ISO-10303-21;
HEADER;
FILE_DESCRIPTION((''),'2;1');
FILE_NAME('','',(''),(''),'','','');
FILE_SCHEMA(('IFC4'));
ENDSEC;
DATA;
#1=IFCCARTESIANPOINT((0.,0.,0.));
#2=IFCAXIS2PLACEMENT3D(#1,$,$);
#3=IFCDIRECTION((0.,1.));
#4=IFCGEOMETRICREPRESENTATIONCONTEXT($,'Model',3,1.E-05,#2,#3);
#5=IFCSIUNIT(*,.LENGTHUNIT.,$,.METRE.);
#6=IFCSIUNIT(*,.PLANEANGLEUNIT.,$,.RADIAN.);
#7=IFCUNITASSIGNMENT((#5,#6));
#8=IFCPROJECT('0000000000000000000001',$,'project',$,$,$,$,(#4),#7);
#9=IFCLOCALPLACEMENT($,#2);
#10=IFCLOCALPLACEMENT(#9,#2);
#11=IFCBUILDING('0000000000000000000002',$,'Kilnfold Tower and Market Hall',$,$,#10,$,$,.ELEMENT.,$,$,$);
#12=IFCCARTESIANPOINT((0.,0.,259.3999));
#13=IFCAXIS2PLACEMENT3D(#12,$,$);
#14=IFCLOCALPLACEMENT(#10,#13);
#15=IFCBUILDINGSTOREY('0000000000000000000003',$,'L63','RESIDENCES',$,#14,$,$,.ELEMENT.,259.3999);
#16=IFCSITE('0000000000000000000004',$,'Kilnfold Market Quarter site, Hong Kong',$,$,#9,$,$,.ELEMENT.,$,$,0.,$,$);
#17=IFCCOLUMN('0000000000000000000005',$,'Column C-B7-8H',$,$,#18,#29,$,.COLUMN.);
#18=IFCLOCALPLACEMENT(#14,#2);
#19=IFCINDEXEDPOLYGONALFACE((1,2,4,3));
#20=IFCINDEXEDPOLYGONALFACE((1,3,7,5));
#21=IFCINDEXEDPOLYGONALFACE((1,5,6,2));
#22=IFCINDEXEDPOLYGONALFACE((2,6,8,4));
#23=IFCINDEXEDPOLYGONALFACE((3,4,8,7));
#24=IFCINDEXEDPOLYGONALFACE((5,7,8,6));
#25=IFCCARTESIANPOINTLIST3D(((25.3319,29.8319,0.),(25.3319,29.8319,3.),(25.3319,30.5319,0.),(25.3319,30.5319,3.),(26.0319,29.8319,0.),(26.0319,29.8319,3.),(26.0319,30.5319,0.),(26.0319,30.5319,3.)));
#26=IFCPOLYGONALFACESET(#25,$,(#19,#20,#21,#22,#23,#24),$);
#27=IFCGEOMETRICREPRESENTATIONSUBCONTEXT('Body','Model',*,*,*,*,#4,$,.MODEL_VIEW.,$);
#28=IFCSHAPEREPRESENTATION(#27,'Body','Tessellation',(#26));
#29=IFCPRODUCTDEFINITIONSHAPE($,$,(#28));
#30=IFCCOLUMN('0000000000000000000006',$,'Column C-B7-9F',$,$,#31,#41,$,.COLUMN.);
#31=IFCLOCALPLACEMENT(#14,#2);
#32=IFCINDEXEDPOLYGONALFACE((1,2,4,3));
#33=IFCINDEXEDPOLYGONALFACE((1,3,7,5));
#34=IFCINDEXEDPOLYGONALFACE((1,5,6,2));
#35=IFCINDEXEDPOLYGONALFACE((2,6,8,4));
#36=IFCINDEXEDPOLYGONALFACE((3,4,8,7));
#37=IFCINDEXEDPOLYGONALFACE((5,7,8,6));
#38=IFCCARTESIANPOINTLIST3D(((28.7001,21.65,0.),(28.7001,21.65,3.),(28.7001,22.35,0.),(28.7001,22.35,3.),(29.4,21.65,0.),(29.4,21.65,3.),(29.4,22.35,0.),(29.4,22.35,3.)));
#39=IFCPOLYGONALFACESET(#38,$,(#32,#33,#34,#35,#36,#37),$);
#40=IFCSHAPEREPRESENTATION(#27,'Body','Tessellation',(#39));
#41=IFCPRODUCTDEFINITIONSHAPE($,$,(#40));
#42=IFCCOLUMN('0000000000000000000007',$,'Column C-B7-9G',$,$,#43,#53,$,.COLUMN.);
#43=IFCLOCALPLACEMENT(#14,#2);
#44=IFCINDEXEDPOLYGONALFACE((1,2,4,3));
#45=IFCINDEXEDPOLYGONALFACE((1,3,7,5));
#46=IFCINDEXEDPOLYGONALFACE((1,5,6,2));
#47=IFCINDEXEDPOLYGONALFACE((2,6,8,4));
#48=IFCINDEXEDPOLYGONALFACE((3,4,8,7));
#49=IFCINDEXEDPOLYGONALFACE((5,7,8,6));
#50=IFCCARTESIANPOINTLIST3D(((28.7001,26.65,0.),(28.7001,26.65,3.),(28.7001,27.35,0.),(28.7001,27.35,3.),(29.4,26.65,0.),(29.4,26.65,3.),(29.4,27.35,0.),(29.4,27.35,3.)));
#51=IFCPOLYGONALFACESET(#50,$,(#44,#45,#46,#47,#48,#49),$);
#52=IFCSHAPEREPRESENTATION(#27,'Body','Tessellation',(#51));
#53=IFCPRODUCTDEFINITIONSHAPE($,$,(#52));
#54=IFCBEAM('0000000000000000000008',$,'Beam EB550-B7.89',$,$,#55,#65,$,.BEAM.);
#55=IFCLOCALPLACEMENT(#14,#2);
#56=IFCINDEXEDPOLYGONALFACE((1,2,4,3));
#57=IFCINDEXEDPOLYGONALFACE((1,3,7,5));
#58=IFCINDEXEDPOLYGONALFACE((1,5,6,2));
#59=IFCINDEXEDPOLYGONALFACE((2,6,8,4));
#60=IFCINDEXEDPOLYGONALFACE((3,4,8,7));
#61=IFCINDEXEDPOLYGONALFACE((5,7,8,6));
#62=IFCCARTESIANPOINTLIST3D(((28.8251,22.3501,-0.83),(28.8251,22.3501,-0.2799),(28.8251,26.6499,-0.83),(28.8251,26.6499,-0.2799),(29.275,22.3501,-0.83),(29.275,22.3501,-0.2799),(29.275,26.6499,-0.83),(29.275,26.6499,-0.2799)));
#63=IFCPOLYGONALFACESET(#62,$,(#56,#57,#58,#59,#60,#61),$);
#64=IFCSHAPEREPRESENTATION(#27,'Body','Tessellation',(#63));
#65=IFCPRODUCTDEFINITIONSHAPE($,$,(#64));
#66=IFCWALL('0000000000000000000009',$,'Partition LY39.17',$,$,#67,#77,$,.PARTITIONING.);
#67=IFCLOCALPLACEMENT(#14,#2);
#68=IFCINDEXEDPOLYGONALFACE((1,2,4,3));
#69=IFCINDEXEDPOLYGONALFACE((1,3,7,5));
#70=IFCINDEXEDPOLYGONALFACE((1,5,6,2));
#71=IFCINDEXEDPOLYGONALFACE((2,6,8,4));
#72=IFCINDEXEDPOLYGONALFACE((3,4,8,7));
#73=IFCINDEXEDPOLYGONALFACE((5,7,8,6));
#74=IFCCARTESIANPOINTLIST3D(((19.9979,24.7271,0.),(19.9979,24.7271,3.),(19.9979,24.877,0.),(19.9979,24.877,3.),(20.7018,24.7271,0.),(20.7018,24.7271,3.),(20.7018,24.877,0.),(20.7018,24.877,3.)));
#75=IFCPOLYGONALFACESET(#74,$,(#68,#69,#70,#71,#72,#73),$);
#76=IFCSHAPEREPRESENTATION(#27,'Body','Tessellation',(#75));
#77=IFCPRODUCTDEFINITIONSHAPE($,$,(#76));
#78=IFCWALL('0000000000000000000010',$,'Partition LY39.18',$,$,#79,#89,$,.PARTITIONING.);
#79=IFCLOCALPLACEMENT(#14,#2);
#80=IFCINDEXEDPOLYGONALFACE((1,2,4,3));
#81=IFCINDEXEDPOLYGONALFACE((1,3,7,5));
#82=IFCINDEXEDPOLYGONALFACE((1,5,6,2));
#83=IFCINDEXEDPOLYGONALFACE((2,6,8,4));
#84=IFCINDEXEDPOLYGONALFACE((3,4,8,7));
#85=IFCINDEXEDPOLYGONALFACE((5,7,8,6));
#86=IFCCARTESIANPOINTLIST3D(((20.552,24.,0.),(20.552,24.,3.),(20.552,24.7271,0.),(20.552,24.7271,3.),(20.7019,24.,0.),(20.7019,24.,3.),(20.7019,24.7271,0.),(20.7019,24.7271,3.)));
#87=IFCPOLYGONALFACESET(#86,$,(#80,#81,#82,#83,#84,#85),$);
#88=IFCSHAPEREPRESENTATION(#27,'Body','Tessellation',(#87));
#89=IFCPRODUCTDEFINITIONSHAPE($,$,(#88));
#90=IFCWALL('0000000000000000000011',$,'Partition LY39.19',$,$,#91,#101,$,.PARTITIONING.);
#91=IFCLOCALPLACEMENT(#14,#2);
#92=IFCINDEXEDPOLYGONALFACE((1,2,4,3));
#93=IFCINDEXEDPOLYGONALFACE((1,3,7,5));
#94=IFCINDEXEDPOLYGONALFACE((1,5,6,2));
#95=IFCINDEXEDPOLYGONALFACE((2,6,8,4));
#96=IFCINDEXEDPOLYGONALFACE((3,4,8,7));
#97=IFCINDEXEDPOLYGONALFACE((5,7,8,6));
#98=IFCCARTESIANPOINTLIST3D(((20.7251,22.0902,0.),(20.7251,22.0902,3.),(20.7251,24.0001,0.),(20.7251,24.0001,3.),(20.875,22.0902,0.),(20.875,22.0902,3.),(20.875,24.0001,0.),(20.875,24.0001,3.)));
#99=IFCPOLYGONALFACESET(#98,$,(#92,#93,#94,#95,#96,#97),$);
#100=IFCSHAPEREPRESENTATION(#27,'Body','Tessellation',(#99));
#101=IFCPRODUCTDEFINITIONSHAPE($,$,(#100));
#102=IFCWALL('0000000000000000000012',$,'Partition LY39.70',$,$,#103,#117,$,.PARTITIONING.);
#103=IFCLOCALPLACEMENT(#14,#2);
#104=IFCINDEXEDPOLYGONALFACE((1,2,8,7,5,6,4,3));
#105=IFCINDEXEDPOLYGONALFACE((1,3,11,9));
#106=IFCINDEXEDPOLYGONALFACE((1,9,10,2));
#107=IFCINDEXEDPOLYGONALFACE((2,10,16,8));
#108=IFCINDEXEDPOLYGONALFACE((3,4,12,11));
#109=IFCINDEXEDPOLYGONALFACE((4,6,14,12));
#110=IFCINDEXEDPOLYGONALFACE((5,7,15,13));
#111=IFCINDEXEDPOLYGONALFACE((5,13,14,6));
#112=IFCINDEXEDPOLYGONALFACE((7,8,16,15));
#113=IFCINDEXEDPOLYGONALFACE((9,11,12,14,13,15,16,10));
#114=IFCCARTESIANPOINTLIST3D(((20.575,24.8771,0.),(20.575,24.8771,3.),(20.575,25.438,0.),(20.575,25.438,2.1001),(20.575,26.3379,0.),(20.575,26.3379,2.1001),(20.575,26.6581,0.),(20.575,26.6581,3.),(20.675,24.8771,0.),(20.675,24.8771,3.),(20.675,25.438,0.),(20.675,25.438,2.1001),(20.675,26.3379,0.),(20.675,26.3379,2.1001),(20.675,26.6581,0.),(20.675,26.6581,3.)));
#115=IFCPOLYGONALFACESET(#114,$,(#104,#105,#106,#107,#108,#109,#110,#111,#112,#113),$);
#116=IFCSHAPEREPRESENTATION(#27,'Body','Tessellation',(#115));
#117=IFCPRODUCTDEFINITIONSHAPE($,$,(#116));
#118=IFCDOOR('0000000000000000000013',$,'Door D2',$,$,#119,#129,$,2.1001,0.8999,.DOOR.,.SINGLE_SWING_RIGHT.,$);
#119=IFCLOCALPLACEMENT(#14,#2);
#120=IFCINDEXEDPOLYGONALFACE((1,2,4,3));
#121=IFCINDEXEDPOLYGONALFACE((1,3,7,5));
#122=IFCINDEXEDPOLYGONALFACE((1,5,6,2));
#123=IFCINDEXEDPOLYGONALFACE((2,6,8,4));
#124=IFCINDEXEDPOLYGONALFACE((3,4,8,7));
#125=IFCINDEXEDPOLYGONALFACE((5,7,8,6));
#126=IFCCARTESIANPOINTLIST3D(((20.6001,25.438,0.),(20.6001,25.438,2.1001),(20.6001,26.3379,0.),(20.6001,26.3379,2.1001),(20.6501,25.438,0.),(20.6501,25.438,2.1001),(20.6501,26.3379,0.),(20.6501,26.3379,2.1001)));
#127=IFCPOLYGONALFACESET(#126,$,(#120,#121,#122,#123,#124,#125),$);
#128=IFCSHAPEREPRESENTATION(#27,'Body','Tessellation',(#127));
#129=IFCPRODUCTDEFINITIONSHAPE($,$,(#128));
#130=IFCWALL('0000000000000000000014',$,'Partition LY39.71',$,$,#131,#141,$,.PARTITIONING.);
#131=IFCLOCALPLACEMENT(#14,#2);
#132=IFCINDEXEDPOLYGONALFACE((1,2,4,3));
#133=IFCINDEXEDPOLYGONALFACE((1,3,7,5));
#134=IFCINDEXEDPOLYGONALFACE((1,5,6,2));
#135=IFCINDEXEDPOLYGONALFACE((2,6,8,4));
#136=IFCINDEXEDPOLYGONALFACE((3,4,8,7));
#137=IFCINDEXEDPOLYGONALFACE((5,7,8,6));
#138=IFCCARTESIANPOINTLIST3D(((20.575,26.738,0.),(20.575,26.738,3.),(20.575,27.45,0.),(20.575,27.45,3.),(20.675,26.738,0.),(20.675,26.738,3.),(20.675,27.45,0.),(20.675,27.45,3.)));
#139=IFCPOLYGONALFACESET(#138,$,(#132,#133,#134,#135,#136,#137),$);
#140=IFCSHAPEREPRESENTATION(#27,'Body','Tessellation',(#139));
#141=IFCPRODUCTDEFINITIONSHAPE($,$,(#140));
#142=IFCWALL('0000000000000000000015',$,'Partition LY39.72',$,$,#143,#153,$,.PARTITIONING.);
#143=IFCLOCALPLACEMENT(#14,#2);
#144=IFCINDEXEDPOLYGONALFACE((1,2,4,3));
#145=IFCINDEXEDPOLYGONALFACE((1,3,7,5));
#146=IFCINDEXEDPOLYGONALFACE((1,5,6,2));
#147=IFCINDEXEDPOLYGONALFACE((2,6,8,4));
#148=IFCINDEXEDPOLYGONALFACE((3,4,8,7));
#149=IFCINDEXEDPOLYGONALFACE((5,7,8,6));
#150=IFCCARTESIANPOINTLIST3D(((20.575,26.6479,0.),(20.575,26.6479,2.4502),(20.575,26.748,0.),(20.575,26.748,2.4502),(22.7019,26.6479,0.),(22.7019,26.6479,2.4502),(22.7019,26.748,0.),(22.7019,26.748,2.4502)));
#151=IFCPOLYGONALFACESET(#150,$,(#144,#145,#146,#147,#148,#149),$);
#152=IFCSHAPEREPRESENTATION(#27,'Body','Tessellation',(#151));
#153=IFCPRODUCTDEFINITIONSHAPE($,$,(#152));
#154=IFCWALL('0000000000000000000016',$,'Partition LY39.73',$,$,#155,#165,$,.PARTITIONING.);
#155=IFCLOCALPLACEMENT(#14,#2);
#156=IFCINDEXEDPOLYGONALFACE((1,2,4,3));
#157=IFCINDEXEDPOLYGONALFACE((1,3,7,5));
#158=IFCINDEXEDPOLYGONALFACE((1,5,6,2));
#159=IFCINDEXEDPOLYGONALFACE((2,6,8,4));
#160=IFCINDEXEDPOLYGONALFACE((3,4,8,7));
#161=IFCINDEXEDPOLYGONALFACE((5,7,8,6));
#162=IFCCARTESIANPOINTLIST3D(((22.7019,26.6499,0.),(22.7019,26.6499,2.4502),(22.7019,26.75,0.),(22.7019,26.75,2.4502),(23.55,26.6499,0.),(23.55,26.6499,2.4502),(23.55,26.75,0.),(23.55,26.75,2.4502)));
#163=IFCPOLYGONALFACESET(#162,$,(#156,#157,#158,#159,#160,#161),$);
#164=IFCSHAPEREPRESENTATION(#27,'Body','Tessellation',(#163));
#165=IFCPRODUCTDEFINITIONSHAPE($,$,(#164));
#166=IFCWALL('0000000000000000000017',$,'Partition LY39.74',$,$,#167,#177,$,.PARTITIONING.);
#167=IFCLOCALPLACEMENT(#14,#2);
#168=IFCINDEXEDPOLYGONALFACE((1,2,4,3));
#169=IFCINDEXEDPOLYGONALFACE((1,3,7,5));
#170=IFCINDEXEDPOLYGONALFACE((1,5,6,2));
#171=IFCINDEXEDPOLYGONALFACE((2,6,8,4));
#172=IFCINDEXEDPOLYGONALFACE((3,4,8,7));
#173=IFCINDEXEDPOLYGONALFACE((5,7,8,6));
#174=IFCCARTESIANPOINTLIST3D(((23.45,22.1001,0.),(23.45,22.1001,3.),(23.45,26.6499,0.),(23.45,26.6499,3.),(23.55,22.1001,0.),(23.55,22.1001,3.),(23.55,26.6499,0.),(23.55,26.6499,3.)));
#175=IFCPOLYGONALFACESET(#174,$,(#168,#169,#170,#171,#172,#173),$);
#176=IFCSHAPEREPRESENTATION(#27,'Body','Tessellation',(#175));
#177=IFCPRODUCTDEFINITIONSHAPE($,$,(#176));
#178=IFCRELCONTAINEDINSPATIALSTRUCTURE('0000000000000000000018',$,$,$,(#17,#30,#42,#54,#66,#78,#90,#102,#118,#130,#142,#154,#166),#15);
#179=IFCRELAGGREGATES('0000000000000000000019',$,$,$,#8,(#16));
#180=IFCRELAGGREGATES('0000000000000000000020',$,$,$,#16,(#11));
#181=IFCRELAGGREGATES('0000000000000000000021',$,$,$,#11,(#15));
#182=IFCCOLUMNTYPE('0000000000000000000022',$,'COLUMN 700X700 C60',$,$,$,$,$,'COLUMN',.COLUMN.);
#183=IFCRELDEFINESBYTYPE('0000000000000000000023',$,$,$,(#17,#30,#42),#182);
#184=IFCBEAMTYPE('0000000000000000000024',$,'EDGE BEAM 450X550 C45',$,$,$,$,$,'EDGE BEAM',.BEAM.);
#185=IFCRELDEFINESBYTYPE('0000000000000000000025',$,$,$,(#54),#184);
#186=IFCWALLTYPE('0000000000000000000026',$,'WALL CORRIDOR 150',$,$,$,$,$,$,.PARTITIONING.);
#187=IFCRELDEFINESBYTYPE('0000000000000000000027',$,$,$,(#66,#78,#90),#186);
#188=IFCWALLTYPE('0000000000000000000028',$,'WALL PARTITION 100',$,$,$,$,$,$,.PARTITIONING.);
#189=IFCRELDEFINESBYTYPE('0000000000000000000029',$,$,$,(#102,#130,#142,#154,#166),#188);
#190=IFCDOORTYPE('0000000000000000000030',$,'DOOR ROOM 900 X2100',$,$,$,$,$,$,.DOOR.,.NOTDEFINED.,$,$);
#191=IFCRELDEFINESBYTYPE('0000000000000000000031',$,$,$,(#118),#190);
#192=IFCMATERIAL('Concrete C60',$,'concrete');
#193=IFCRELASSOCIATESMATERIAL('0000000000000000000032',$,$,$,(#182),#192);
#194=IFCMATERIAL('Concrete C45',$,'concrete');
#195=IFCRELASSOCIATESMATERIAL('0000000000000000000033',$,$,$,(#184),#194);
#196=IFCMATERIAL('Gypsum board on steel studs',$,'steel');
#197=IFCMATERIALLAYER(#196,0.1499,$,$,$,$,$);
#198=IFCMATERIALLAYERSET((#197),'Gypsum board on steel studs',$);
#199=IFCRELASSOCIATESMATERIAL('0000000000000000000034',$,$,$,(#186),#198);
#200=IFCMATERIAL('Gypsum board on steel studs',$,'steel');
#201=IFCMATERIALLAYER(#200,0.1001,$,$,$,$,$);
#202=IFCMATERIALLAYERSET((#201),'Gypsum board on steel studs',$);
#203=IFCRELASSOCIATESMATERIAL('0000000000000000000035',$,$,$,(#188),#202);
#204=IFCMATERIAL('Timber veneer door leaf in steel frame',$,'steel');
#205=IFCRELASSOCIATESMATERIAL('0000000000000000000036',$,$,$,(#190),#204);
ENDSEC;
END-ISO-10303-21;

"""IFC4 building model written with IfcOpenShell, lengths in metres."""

from ifc_helpers import new_model, si_unit, direction, frame, frame_2d, origin, origin_2d, place, context, subcontext, project, spatial, rectangle, extrude, source, transform, mapped, material, layer, layer_set, material_profile, profile_set, type_object, element, fill, save


model = new_model("IFC4")

# Units and contexts
model_context = context("Model", 3, precision=1e-05, world=origin(), true_north=direction((0.0, 1.0)))
body_context = subcontext(model_context, "Body", "Model", "MODEL_VIEW")
ifc_project = project(units=[si_unit("LENGTHUNIT", "METRE"), si_unit("PLANEANGLEUNIT", "RADIAN")], contexts=[model_context])

# Site, building, storey
site_placement = place(None, origin())
site = spatial("IfcSite", under=ifc_project, at=site_placement, Name="Kilnfold Market Quarter site, Hong Kong", CompositionType="ELEMENT", RefElevation=0.0)
building_placement = place(site_placement, origin())
building = spatial("IfcBuilding", under=site, at=building_placement, Name="Kilnfold Tower and Market Hall", CompositionType="ELEMENT")
storey_placement = place(building_placement, frame((0.0, 0.0, 259.3999)))
storey = spatial("IfcBuildingStorey", under=building, at=storey_placement, Name="L63", Description="RESIDENCES", CompositionType="ELEMENT", Elevation=259.3999)

# Columns
ifc_material_1 = material(Name="Concrete C60", Category="concrete")
ifc_material_profile_1 = material_profile(ifc_material_1, rectangle(XDim=0.7, YDim=0.7, at=origin_2d()), Name="RC 700x700")
ifc_profile_set_1 = profile_set([ifc_material_profile_1], Name="Concrete C60")
column_type = type_object("IfcColumnType", Name="COLUMN 700X700 C60", ElementType="COLUMN", PredefinedType="COLUMN", material=ifc_profile_set_1)
shared_shape_1 = source(origin(), body_context, "Body", "SweptSolid", [
    extrude(rectangle(XDim=0.7, YDim=0.7, at=origin_2d()), origin(), (0.0, 0.0, 1.0), 3.0),
])
for number, where, z_axis, x_axis, name in (
    (1, (25.6819, 30.1819, 0.0), (0.0, 0.0, 1.0), (1.0, 0.0, 0.0), "Column C-B7-8H"),
    (2, (29.05, 22.0, 0.0), (0.0, 0.0, 1.0), (1.0, 0.0, 0.0), "Column C-B7-9F"),
    (3, (29.05, 27.0, 0.0), (0.0, 0.0, 1.0), (1.0, 0.0, 0.0), "Column C-B7-9G"),
):
    element("IfcColumn", number, at=place(storey_placement, frame(where, z_axis=z_axis, x_axis=x_axis)), inside=storey, type_object=column_type, Name=name, PredefinedType="COLUMN", context=body_context, shape_type="MappedRepresentation", body=[
        mapped(shared_shape_1, transform((0.0, 0.0, 0.0))),
    ])

# Beam
ifc_material_2 = material(Name="Concrete C45", Category="concrete")
ifc_material_profile_2 = material_profile(ifc_material_2, rectangle(XDim=0.45, YDim=0.55, at=origin_2d()), Name="RC 450x550")
ifc_profile_set_2 = profile_set([ifc_material_profile_2], Name="Concrete C45")
beam_type = type_object("IfcBeamType", Name="EDGE BEAM 450X550 C45", ElementType="EDGE BEAM", PredefinedType="BEAM", material=ifc_profile_set_2)
shared_shape_2 = source(origin(), body_context, "Body", "SweptSolid", [
    extrude(rectangle(XDim=0.45, YDim=0.55, at=origin_2d()), origin(), (0.0, 0.0, 1.0), 4.2998),
])
beam_placement = place(storey_placement, frame((29.05, 22.3501, -0.5549), z_axis=(0.0, 1.0, 0.0), x_axis=(-1.0, 0.0, 0.0)))
element("IfcBeam", 4, at=beam_placement, inside=storey, type_object=beam_type, Name="Beam EB550-B7.89", PredefinedType="BEAM", context=body_context, shape_type="MappedRepresentation", body=[
    mapped(shared_shape_2, transform((0.0, 0.0, 0.0))),
])

# Walls
ifc_material_3 = material(Name="Gypsum board on steel studs", Category="steel")
ifc_layer_1 = layer(ifc_material_3, 0.1499)
ifc_layer_set_1 = layer_set([ifc_layer_1], Name="Gypsum board on steel studs")
wall_type_1 = type_object("IfcWallType", Name="WALL CORRIDOR 150", PredefinedType="PARTITIONING", material=ifc_layer_set_1)
wall_1_placement = place(storey_placement, frame((20.7019, 24.802, 0.0), z_axis=(0.0, 0.0, 1.0), x_axis=(-1.0, 0.0, 0.0)))
element("IfcWall", 5, at=wall_1_placement, inside=storey, type_object=wall_type_1, Name="Partition LY39.17", PredefinedType="PARTITIONING", context=body_context, shape_type="SweptSolid", body=[
    extrude(rectangle(XDim=0.7039, YDim=0.1499, at=frame_2d((0.3521, 0.0))), origin(), (0.0, 0.0, 1.0), 3.0),
])
wall_2_placement = place(storey_placement, frame((20.627, 24.0, 0.0), z_axis=(0.0, 0.0, 1.0), x_axis=(0.0, 1.0, 0.0)))
element("IfcWall", 6, at=wall_2_placement, inside=storey, type_object=wall_type_1, Name="Partition LY39.18", PredefinedType="PARTITIONING", context=body_context, shape_type="SweptSolid", body=[
    extrude(rectangle(XDim=0.7271, YDim=0.1499, at=frame_2d((0.3635, 0.0))), origin(), (0.0, 0.0, 1.0), 3.0),
])
wall_3_placement = place(storey_placement, frame((20.8, 22.0901, 0.0), z_axis=(0.0, 0.0, 1.0), x_axis=(0.0, 1.0, 0.0)))
element("IfcWall", 7, at=wall_3_placement, inside=storey, type_object=wall_type_1, Name="Partition LY39.19", PredefinedType="PARTITIONING", context=body_context, shape_type="SweptSolid", body=[
    extrude(rectangle(XDim=1.9099, YDim=0.1499, at=frame_2d((0.9551, 0.0))), origin(), (0.0, 0.0, 1.0), 3.0),
])

# Wall, opening, door
ifc_material_4 = material(Name="Gypsum board on steel studs", Category="steel")
ifc_layer_2 = layer(ifc_material_4, 0.1001)
ifc_layer_set_2 = layer_set([ifc_layer_2], Name="Gypsum board on steel studs")
wall_type_2 = type_object("IfcWallType", Name="WALL PARTITION 100", PredefinedType="PARTITIONING", material=ifc_layer_set_2)
wall_4_placement = place(storey_placement, frame((20.625, 24.877, 0.0), z_axis=(0.0, 0.0, 1.0), x_axis=(0.0, 1.0, 0.0)))
wall_4 = element("IfcWall", 8, at=wall_4_placement, inside=storey, type_object=wall_type_2, Name="Partition LY39.70", PredefinedType="PARTITIONING", context=body_context, shape_type="SweptSolid", body=[
    extrude(rectangle(XDim=1.781, YDim=0.1001, at=frame_2d((0.8906, 0.0))), origin(), (0.0, 0.0, 1.0), 3.0),
])
opening_1_placement = place(wall_4_placement, frame((0.561, 0.0, 0.0)))
opening_1 = element("IfcOpeningElement", 9, at=opening_1_placement, cuts=wall_4, PredefinedType="OPENING", context=body_context, shape_type="SweptSolid", body=[
    extrude(rectangle(XDim=0.8999, YDim=2.1001, at=frame_2d((0.45, 1.05))), frame((0.0, 0.0601, 0.0), z_axis=(0.0, -1.0, 0.0), x_axis=(1.0, 0.0, 0.0)), (0.0, 0.0, 1.0), 0.1201),
])
ifc_material_5 = material(Name="Timber veneer door leaf in steel frame", Category="steel")
door_type = type_object("IfcDoorType", Name="DOOR ROOM 900 X2100", OperationType="NOTDEFINED", PredefinedType="DOOR", material=ifc_material_5)
door_1_placement = place(opening_1_placement, origin())
door_1 = element("IfcDoor", 10, at=door_1_placement, inside=storey, type_object=door_type, Name="Door D2", OperationType="SINGLE_SWING_RIGHT", OverallHeight=2.1001, OverallWidth=0.8999, PredefinedType="DOOR", context=body_context, shape_type="SweptSolid", body=[
    extrude(rectangle(XDim=0.8999, YDim=2.1001, at=frame_2d((0.45, 1.05))), frame((0.0, 0.0249, 0.0), z_axis=(0.0, -1.0, 0.0), x_axis=(1.0, 0.0, 0.0)), (0.0, 0.0, 1.0), 0.05),
])
fill(opening_1, door_1)

# Walls
wall_5_placement = place(storey_placement, frame((20.625, 26.738, 0.0), z_axis=(0.0, 0.0, 1.0), x_axis=(0.0, 1.0, 0.0)))
element("IfcWall", 11, at=wall_5_placement, inside=storey, type_object=wall_type_2, Name="Partition LY39.71", PredefinedType="PARTITIONING", context=body_context, shape_type="SweptSolid", body=[
    extrude(rectangle(XDim=0.7119, YDim=0.1001, at=frame_2d((0.356, 0.0))), origin(), (0.0, 0.0, 1.0), 3.0),
])
wall_6_placement = place(storey_placement, frame((22.7019, 26.698, 0.0), z_axis=(0.0, 0.0, 1.0), x_axis=(-1.0, 0.0, 0.0)))
element("IfcWall", 12, at=wall_6_placement, inside=storey, type_object=wall_type_2, Name="Partition LY39.72", PredefinedType="PARTITIONING", context=body_context, shape_type="SweptSolid", body=[
    extrude(rectangle(XDim=2.127, YDim=0.1001, at=frame_2d((1.0635, 0.0))), origin(), (0.0, 0.0, 1.0), 2.4502),
])
wall_7_placement = place(storey_placement, frame((23.55, 26.7, 0.0), z_axis=(0.0, 0.0, 1.0), x_axis=(-1.0, 0.0, 0.0)))
element("IfcWall", 13, at=wall_7_placement, inside=storey, type_object=wall_type_2, Name="Partition LY39.73", PredefinedType="PARTITIONING", context=body_context, shape_type="SweptSolid", body=[
    extrude(rectangle(XDim=0.8481, YDim=0.1001, at=frame_2d((0.4241, 0.0))), origin(), (0.0, 0.0, 1.0), 2.4502),
])
wall_8_placement = place(storey_placement, frame((23.5, 22.1001, 0.0), z_axis=(0.0, 0.0, 1.0), x_axis=(0.0, 1.0, 0.0)))
element("IfcWall", 14, at=wall_8_placement, inside=storey, type_object=wall_type_2, Name="Partition LY39.74", PredefinedType="PARTITIONING", context=body_context, shape_type="SweptSolid", body=[
    extrude(rectangle(XDim=4.5498, YDim=0.1001, at=frame_2d((2.2749, 0.0))), origin(), (0.0, 0.0, 1.0), 3.0),
])

save(model, "model.ifc")
